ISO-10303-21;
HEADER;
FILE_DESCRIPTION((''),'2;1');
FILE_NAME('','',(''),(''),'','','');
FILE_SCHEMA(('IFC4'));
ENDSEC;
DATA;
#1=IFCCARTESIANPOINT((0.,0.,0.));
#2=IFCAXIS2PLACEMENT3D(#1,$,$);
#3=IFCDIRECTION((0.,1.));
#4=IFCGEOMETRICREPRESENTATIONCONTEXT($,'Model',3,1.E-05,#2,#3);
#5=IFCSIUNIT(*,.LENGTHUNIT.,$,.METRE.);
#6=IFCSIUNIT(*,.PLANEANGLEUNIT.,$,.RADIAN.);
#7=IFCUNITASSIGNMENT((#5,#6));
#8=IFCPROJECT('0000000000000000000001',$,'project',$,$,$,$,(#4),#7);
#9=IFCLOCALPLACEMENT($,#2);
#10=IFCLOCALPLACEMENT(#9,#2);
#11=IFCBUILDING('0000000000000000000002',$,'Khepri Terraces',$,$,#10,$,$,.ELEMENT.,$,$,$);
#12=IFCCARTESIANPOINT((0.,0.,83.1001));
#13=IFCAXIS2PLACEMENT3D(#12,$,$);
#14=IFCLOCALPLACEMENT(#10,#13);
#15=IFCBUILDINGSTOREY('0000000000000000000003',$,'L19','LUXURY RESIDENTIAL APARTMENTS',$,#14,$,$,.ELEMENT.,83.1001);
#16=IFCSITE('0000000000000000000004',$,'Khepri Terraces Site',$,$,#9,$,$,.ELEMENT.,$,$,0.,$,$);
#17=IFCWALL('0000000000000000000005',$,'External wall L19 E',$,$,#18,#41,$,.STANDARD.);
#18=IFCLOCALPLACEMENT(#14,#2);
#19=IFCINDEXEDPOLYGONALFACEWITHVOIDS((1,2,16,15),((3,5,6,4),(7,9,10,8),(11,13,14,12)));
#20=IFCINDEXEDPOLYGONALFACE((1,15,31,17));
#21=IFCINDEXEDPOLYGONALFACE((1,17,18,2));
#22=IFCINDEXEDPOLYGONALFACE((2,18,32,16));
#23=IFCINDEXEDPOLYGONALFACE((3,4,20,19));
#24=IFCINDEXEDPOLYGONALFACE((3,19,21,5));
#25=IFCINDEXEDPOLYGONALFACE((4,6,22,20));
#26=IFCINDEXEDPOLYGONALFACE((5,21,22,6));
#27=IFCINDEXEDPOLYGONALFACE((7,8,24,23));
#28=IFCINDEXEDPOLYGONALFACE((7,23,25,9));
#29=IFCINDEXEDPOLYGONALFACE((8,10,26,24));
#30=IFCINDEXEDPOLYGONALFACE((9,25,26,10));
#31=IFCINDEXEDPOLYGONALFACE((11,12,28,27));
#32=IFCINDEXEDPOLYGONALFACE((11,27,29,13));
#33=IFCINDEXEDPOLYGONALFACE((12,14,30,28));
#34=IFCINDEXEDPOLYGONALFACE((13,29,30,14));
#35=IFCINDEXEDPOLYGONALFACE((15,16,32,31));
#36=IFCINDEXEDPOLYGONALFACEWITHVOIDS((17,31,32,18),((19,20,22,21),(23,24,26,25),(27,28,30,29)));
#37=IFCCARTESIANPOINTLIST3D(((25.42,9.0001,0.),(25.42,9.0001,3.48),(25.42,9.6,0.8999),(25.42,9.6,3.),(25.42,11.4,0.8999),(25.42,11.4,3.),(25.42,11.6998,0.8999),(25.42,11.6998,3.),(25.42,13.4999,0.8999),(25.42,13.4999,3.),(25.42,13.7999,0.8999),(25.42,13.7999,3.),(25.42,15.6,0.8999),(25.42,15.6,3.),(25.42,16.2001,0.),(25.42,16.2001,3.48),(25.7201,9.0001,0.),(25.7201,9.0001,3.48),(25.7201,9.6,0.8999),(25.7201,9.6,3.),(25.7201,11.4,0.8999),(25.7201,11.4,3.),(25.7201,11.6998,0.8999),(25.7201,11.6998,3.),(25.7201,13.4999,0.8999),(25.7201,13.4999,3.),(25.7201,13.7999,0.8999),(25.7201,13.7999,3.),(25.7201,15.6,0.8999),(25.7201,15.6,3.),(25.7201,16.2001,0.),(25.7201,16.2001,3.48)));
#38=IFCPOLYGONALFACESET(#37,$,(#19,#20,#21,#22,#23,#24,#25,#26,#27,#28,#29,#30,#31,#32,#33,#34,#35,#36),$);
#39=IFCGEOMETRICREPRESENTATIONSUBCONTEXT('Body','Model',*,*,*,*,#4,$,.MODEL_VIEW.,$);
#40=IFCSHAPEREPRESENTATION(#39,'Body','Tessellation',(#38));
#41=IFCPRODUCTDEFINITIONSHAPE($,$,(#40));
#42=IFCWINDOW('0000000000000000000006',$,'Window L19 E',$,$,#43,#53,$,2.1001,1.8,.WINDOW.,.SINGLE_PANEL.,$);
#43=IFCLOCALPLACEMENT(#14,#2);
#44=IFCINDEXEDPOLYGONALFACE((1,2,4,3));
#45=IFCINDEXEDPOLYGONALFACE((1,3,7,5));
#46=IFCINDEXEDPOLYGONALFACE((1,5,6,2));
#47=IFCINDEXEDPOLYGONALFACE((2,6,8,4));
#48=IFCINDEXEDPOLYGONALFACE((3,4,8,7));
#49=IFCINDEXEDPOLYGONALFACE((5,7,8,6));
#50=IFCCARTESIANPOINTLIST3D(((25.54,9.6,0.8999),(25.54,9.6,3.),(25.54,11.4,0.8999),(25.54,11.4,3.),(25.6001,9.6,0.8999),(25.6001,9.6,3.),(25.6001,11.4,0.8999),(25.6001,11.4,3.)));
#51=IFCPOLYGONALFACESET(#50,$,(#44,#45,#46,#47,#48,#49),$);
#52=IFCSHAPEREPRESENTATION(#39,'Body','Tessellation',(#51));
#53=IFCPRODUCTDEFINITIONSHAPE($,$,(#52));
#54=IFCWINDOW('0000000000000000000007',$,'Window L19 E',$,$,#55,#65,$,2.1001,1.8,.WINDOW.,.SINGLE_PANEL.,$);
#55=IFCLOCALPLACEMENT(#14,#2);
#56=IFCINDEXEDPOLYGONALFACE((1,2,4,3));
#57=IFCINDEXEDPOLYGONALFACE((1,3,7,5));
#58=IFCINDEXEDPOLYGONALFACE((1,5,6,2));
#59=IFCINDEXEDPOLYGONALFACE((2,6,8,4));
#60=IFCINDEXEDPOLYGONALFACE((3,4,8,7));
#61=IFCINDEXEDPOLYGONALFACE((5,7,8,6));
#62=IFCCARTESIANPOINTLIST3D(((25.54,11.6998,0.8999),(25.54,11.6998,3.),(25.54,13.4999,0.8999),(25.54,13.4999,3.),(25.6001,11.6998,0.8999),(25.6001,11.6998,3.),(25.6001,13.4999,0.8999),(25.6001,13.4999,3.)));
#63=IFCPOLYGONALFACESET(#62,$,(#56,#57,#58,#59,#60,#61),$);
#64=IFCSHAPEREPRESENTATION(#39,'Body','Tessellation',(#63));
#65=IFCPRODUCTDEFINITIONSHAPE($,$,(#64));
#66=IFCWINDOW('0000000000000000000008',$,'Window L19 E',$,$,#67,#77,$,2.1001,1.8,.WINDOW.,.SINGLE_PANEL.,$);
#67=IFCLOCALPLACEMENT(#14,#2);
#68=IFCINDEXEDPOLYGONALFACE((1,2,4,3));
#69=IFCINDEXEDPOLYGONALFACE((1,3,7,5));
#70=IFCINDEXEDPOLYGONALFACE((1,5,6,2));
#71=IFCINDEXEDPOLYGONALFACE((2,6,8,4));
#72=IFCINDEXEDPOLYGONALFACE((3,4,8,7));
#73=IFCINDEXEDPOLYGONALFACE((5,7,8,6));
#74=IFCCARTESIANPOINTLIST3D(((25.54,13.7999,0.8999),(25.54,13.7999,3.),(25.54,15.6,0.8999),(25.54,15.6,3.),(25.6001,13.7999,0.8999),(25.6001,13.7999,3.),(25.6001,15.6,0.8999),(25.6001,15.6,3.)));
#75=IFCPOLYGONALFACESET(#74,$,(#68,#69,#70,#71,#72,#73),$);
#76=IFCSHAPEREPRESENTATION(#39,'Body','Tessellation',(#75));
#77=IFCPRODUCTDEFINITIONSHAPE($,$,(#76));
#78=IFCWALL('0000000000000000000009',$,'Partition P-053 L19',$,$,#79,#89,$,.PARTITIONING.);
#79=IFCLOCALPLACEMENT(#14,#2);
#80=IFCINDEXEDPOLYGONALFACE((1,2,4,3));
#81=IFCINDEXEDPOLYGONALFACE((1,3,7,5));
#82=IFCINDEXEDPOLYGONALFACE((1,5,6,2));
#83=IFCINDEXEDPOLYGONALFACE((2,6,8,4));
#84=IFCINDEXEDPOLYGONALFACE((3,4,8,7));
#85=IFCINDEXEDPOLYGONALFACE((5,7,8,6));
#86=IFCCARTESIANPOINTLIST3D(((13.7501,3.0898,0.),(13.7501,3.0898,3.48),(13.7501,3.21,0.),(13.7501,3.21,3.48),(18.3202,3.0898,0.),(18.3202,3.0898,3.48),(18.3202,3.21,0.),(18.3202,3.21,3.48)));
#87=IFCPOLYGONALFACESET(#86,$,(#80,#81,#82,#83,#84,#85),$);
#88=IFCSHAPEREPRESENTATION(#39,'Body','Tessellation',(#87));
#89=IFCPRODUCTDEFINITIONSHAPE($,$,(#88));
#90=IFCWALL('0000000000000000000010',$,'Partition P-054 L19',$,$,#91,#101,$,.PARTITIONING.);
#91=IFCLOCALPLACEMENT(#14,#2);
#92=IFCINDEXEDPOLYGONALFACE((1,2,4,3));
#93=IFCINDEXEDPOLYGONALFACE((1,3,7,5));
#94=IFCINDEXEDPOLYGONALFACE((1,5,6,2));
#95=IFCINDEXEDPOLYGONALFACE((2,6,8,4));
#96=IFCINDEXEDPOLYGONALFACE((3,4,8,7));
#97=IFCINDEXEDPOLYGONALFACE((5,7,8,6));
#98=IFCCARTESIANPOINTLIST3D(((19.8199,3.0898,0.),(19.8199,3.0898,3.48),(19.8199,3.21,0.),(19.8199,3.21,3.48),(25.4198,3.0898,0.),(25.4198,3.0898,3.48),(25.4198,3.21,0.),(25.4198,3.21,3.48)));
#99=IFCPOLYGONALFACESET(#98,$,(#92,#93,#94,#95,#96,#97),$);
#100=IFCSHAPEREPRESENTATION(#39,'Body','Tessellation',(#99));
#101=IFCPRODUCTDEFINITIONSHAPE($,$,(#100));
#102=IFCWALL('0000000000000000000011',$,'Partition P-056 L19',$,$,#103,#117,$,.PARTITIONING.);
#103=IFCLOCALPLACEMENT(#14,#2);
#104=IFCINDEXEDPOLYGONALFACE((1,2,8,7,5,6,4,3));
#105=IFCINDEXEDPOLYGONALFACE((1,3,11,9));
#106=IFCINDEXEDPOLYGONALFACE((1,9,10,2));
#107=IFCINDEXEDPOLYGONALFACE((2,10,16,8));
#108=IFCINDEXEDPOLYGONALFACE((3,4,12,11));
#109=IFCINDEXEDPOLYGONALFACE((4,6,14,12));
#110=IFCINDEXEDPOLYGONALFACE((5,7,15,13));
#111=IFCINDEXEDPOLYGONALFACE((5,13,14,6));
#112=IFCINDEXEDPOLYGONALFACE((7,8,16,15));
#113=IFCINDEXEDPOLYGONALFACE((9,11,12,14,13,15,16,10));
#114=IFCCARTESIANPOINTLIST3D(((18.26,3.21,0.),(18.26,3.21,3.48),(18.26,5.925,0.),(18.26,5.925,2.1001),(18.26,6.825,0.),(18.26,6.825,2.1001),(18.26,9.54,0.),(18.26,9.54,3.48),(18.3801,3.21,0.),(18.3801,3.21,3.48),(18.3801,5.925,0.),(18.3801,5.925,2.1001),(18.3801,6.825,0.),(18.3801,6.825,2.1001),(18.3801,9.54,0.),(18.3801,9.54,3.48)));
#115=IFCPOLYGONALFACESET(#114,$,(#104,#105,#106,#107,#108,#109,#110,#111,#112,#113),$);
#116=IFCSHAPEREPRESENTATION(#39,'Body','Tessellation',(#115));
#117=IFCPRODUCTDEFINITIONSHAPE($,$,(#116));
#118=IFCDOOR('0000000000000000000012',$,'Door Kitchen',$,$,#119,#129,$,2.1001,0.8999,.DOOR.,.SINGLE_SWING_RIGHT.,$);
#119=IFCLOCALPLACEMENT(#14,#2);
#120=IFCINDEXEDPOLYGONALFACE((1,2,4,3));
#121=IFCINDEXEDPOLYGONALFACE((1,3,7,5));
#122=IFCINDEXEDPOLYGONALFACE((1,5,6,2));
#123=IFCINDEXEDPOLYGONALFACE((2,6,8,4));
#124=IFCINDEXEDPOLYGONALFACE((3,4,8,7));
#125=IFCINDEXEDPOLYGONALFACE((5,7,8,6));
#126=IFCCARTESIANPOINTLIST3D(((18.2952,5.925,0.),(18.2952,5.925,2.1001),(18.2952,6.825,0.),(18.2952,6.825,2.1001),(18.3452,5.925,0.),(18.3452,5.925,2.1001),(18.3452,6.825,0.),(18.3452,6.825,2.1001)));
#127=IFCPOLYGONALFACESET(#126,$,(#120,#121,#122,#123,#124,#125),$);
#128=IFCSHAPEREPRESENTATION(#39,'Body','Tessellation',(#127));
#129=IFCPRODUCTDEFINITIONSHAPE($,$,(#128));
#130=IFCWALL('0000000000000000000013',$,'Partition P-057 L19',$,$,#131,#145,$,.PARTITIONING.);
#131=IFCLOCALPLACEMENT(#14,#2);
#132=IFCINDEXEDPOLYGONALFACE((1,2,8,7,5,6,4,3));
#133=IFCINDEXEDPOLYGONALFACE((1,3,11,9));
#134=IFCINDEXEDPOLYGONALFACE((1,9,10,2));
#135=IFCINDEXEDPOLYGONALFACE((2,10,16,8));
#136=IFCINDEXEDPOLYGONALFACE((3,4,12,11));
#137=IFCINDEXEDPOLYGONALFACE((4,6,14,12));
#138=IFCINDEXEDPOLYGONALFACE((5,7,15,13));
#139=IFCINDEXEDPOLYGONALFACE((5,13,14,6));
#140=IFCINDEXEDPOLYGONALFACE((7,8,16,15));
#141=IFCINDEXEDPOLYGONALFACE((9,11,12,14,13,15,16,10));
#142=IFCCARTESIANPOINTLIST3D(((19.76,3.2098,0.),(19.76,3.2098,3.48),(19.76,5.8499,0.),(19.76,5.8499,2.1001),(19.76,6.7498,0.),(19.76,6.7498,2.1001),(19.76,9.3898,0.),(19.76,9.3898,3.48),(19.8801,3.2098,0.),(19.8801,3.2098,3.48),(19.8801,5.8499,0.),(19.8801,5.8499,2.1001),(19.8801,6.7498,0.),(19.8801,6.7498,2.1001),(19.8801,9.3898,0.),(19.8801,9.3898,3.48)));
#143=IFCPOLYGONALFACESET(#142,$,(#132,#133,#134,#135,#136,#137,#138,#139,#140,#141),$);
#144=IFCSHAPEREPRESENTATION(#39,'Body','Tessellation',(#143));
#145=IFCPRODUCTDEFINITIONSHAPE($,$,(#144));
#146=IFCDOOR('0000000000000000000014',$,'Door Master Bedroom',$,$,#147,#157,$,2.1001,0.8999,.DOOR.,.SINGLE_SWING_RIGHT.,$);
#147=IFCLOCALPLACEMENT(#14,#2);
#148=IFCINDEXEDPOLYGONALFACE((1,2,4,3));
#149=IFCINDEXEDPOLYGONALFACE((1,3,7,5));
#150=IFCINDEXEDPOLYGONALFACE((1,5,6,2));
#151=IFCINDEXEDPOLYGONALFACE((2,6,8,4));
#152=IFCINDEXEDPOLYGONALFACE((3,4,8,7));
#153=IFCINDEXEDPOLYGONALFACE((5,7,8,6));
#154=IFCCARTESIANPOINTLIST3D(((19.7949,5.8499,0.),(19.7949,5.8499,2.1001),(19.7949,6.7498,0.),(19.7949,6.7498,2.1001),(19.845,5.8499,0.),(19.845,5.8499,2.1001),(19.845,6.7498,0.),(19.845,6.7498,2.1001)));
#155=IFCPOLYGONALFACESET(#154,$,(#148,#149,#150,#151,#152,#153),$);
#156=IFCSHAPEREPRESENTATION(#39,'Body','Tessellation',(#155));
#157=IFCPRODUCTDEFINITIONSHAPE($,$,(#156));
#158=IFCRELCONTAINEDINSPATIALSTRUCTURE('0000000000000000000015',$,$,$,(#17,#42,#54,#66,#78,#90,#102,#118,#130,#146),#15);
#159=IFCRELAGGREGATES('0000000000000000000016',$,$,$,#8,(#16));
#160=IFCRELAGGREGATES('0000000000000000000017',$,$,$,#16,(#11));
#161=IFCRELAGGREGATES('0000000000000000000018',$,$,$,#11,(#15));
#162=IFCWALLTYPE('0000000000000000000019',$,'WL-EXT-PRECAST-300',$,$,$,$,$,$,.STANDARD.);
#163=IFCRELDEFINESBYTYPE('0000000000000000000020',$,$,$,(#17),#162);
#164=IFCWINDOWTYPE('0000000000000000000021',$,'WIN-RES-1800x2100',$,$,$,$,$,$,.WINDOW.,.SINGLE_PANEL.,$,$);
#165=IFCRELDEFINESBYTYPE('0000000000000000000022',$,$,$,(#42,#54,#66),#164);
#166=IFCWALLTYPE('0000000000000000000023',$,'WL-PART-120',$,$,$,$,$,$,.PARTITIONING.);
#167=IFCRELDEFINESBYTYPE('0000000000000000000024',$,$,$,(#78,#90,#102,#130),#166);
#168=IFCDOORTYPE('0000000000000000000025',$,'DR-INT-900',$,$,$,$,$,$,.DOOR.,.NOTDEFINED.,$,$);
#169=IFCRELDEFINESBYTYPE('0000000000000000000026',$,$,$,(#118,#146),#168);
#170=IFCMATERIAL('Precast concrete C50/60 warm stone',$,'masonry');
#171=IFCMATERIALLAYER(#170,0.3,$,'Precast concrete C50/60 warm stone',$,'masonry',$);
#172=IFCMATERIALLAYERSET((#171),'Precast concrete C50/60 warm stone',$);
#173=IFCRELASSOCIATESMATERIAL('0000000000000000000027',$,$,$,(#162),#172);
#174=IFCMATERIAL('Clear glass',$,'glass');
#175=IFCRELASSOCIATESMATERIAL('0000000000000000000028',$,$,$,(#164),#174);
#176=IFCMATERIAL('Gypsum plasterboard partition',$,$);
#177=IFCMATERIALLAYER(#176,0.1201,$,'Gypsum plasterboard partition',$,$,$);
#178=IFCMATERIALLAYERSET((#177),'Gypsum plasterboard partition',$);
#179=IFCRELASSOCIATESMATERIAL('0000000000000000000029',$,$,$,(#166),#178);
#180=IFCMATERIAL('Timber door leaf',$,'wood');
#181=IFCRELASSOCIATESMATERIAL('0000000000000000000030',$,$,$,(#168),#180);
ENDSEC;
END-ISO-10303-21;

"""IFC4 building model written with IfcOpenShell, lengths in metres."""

from ifc_helpers import new_model, si_unit, direction, frame, frame_2d, origin, place, context, subcontext, project, spatial, rectangle, extrude, material, layer, layer_set, type_object, element, fill, save


model = new_model("IFC4")

# Units and contexts
model_context = context("Model", 3, precision=1e-05, world=origin(), true_north=direction((0.0, 1.0)))
body_context = subcontext(model_context, "Body", "Model", "MODEL_VIEW")
ifc_project = project(units=[si_unit("LENGTHUNIT", "METRE"), si_unit("PLANEANGLEUNIT", "RADIAN")], contexts=[model_context])

# Site, building, storey
site_placement = place(None, origin())
site = spatial("IfcSite", under=ifc_project, at=site_placement, Name="Khepri Terraces Site", CompositionType="ELEMENT", RefElevation=0.0)
building_placement = place(site_placement, origin())
building = spatial("IfcBuilding", under=site, at=building_placement, Name="Khepri Terraces", CompositionType="ELEMENT")
storey_placement = place(building_placement, frame((0.0, 0.0, 83.1001)))
storey = spatial("IfcBuildingStorey", under=building, at=storey_placement, Name="L19", Description="LUXURY RESIDENTIAL APARTMENTS", CompositionType="ELEMENT", Elevation=83.1001)

# Shared definitions
ifc_material_1 = material(Name="Precast concrete C50/60 warm stone", Category="masonry")
ifc_layer_1 = layer(ifc_material_1, 0.3, Name="Precast concrete C50/60 warm stone", Category="masonry")
ifc_layer_set_1 = layer_set([ifc_layer_1], Name="Precast concrete C50/60 warm stone")
wall_type_1 = type_object("IfcWallType", Name="WL-EXT-PRECAST-300", PredefinedType="STANDARD", material=ifc_layer_set_1)
ifc_material_2 = material(Name="Clear glass", Category="glass")
window_type = type_object("IfcWindowType", Name="WIN-RES-1800x2100", PartitioningType="SINGLE_PANEL", PredefinedType="WINDOW", material=ifc_material_2)

# Wall, openings, windows
wall_1_placement = place(storey_placement, frame((25.5701, 9.0, 0.0), z_axis=(0.0, 0.0, 1.0), x_axis=(0.0, 1.0, 0.0)))
wall_1 = element("IfcWall", 1, at=wall_1_placement, inside=storey, type_object=wall_type_1, Name="External wall L19 E", PredefinedType="STANDARD", context=body_context, shape_type="SweptSolid", body=[
    extrude(rectangle(XDim=7.2, YDim=0.3, at=frame_2d((3.6001, 0.0))), origin(), (0.0, 0.0, 1.0), 3.48),
])
opening_1_placement = place(wall_1_placement, frame((0.6001, 0.0, 0.8999)))
opening_1 = element("IfcOpeningElement", 2, at=opening_1_placement, cuts=wall_1, PredefinedType="OPENING", context=body_context, shape_type="SweptSolid", body=[
    extrude(rectangle(XDim=1.8, YDim=2.1001, at=frame_2d((0.8999, 1.05))), frame((0.0, 0.1602, 0.0), z_axis=(0.0, -1.0, 0.0), x_axis=(1.0, 0.0, 0.0)), (0.0, 0.0, 1.0), 0.3201),
])
opening_2_placement = place(wall_1_placement, frame((2.7, 0.0, 0.8999)))
opening_2 = element("IfcOpeningElement", 3, at=opening_2_placement, cuts=wall_1, PredefinedType="OPENING", context=body_context, shape_type="SweptSolid", body=[
    extrude(rectangle(XDim=1.8, YDim=2.1001, at=frame_2d((0.8999, 1.05))), frame((0.0, 0.1602, 0.0), z_axis=(0.0, -1.0, 0.0), x_axis=(1.0, 0.0, 0.0)), (0.0, 0.0, 1.0), 0.3201),
])
opening_3_placement = place(wall_1_placement, frame((4.8, 0.0, 0.8999)))
opening_3 = element("IfcOpeningElement", 4, at=opening_3_placement, cuts=wall_1, PredefinedType="OPENING", context=body_context, shape_type="SweptSolid", body=[
    extrude(rectangle(XDim=1.8, YDim=2.1001, at=frame_2d((0.8999, 1.05))), frame((0.0, 0.1602, 0.0), z_axis=(0.0, -1.0, 0.0), x_axis=(1.0, 0.0, 0.0)), (0.0, 0.0, 1.0), 0.3201),
])
window_1_placement = place(opening_1_placement, origin())
window_1 = element("IfcWindow", 5, at=window_1_placement, inside=storey, type_object=window_type, Name="Window L19 E", OverallHeight=2.1001, OverallWidth=1.8, PartitioningType="SINGLE_PANEL", PredefinedType="WINDOW", context=body_context, shape_type="SweptSolid", body=[
    extrude(rectangle(XDim=1.8, YDim=2.1001, at=frame_2d((0.8999, 1.05))), frame((0.0, 0.03, 0.0), z_axis=(0.0, -1.0, 0.0), x_axis=(1.0, 0.0, 0.0)), (0.0, 0.0, 1.0), 0.0601),
])
fill(opening_1, window_1)
window_2_placement = place(opening_2_placement, origin())
window_2 = element("IfcWindow", 6, at=window_2_placement, inside=storey, type_object=window_type, Name="Window L19 E", OverallHeight=2.1001, OverallWidth=1.8, PartitioningType="SINGLE_PANEL", PredefinedType="WINDOW", context=body_context, shape_type="SweptSolid", body=[
    extrude(rectangle(XDim=1.8, YDim=2.1001, at=frame_2d((0.8999, 1.05))), frame((0.0, 0.03, 0.0), z_axis=(0.0, -1.0, 0.0), x_axis=(1.0, 0.0, 0.0)), (0.0, 0.0, 1.0), 0.0601),
])
fill(opening_2, window_2)
window_3_placement = place(opening_3_placement, origin())
window_3 = element("IfcWindow", 7, at=window_3_placement, inside=storey, type_object=window_type, Name="Window L19 E", OverallHeight=2.1001, OverallWidth=1.8, PartitioningType="SINGLE_PANEL", PredefinedType="WINDOW", context=body_context, shape_type="SweptSolid", body=[
    extrude(rectangle(XDim=1.8, YDim=2.1001, at=frame_2d((0.8999, 1.05))), frame((0.0, 0.03, 0.0), z_axis=(0.0, -1.0, 0.0), x_axis=(1.0, 0.0, 0.0)), (0.0, 0.0, 1.0), 0.0601),
])
fill(opening_3, window_3)

# Walls
ifc_material_3 = material(Name="Gypsum plasterboard partition")
ifc_layer_2 = layer(ifc_material_3, 0.1201, Name="Gypsum plasterboard partition")
ifc_layer_set_2 = layer_set([ifc_layer_2], Name="Gypsum plasterboard partition")
wall_type_2 = type_object("IfcWallType", Name="WL-PART-120", PredefinedType="PARTITIONING", material=ifc_layer_set_2)
wall_2_placement = place(storey_placement, frame((13.75, 3.1499, 0.0), z_axis=(0.0, 0.0, 1.0), x_axis=(1.0, 0.0, 0.0)))
element("IfcWall", 8, at=wall_2_placement, inside=storey, type_object=wall_type_2, Name="Partition P-053 L19", PredefinedType="PARTITIONING", context=body_context, shape_type="SweptSolid", body=[
    extrude(rectangle(XDim=4.5701, YDim=0.1201, at=frame_2d((2.2852, 0.0))), origin(), (0.0, 0.0, 1.0), 3.48),
])
wall_3_placement = place(storey_placement, frame((19.8201, 3.1499, 0.0), z_axis=(0.0, 0.0, 1.0), x_axis=(1.0, 0.0, 0.0)))
element("IfcWall", 9, at=wall_3_placement, inside=storey, type_object=wall_type_2, Name="Partition P-054 L19", PredefinedType="PARTITIONING", context=body_context, shape_type="SweptSolid", body=[
    extrude(rectangle(XDim=5.5999, YDim=0.1201, at=frame_2d((2.7998, 0.0))), origin(), (0.0, 0.0, 1.0), 3.48),
])

# Walls, openings, doors
wall_4_placement = place(storey_placement, frame((18.3201, 3.21, 0.0), z_axis=(0.0, 0.0, 1.0), x_axis=(0.0, 1.0, 0.0)))
wall_4 = element("IfcWall", 10, at=wall_4_placement, inside=storey, type_object=wall_type_2, Name="Partition P-056 L19", PredefinedType="PARTITIONING", context=body_context, shape_type="SweptSolid", body=[
    extrude(rectangle(XDim=6.3301, YDim=0.1201, at=frame_2d((3.165, 0.0))), origin(), (0.0, 0.0, 1.0), 3.48),
])
opening_4_placement = place(wall_4_placement, frame((2.7151, 0.0, 0.0)))
opening_4 = element("IfcOpeningElement", 11, at=opening_4_placement, cuts=wall_4, PredefinedType="OPENING", context=body_context, shape_type="SweptSolid", body=[
    extrude(rectangle(XDim=0.8999, YDim=2.1001, at=frame_2d((0.45, 1.05))), frame((0.0, 0.0701, 0.0), z_axis=(0.0, -1.0, 0.0), x_axis=(1.0, 0.0, 0.0)), (0.0, 0.0, 1.0), 0.1401),
])
ifc_material_4 = material(Name="Timber door leaf", Category="wood")
door_type_1 = type_object("IfcDoorType", Name="DR-INT-900", OperationType="NOTDEFINED", PredefinedType="DOOR", material=ifc_material_4)
door_1_placement = place(opening_4_placement, origin())
door_1 = element("IfcDoor", 12, at=door_1_placement, inside=storey, type_object=door_type_1, Name="Door Kitchen", OperationType="SINGLE_SWING_RIGHT", OverallHeight=2.1001, OverallWidth=0.8999, PredefinedType="DOOR", context=body_context, shape_type="SweptSolid", body=[
    extrude(rectangle(XDim=0.8999, YDim=2.1001, at=frame_2d((0.45, 1.05))), frame((0.0, 0.0249, 0.0), z_axis=(0.0, -1.0, 0.0), x_axis=(1.0, 0.0, 0.0)), (0.0, 0.0, 1.0), 0.05),
])
fill(opening_4, door_1)
wall_5_placement = place(storey_placement, frame((19.8201, 3.21, 0.0), z_axis=(0.0, 0.0, 1.0), x_axis=(0.0, 1.0, 0.0)))
wall_5 = element("IfcWall", 13, at=wall_5_placement, inside=storey, type_object=wall_type_2, Name="Partition P-057 L19", PredefinedType="PARTITIONING", context=body_context, shape_type="SweptSolid", body=[
    extrude(rectangle(XDim=6.1799, YDim=0.1201, at=frame_2d((3.0898, 0.0))), origin(), (0.0, 0.0, 1.0), 3.48),
])
opening_5_placement = place(wall_5_placement, frame((2.6399, 0.0, 0.0)))
opening_5 = element("IfcOpeningElement", 14, at=opening_5_placement, cuts=wall_5, PredefinedType="OPENING", context=body_context, shape_type="SweptSolid", body=[
    extrude(rectangle(XDim=0.8999, YDim=2.1001, at=frame_2d((0.45, 1.05))), frame((0.0, 0.0701, 0.0), z_axis=(0.0, -1.0, 0.0), x_axis=(1.0, 0.0, 0.0)), (0.0, 0.0, 1.0), 0.1401),
])
door_2_placement = place(opening_5_placement, frame((0.8999, 0.0, 0.0), z_axis=(0.0, 0.0, 1.0), x_axis=(-1.0, 0.0, 0.0)))
door_2 = element("IfcDoor", 15, at=door_2_placement, inside=storey, type_object=door_type_1, Name="Door Master Bedroom", OperationType="SINGLE_SWING_RIGHT", OverallHeight=2.1001, OverallWidth=0.8999, PredefinedType="DOOR", context=body_context, shape_type="SweptSolid", body=[
    extrude(rectangle(XDim=0.8999, YDim=2.1001, at=frame_2d((0.45, 1.05))), frame((0.0, 0.0249, 0.0), z_axis=(0.0, -1.0, 0.0), x_axis=(1.0, 0.0, 0.0)), (0.0, 0.0, 1.0), 0.05),
])
fill(opening_5, door_2)

save(model, "model.ifc")
